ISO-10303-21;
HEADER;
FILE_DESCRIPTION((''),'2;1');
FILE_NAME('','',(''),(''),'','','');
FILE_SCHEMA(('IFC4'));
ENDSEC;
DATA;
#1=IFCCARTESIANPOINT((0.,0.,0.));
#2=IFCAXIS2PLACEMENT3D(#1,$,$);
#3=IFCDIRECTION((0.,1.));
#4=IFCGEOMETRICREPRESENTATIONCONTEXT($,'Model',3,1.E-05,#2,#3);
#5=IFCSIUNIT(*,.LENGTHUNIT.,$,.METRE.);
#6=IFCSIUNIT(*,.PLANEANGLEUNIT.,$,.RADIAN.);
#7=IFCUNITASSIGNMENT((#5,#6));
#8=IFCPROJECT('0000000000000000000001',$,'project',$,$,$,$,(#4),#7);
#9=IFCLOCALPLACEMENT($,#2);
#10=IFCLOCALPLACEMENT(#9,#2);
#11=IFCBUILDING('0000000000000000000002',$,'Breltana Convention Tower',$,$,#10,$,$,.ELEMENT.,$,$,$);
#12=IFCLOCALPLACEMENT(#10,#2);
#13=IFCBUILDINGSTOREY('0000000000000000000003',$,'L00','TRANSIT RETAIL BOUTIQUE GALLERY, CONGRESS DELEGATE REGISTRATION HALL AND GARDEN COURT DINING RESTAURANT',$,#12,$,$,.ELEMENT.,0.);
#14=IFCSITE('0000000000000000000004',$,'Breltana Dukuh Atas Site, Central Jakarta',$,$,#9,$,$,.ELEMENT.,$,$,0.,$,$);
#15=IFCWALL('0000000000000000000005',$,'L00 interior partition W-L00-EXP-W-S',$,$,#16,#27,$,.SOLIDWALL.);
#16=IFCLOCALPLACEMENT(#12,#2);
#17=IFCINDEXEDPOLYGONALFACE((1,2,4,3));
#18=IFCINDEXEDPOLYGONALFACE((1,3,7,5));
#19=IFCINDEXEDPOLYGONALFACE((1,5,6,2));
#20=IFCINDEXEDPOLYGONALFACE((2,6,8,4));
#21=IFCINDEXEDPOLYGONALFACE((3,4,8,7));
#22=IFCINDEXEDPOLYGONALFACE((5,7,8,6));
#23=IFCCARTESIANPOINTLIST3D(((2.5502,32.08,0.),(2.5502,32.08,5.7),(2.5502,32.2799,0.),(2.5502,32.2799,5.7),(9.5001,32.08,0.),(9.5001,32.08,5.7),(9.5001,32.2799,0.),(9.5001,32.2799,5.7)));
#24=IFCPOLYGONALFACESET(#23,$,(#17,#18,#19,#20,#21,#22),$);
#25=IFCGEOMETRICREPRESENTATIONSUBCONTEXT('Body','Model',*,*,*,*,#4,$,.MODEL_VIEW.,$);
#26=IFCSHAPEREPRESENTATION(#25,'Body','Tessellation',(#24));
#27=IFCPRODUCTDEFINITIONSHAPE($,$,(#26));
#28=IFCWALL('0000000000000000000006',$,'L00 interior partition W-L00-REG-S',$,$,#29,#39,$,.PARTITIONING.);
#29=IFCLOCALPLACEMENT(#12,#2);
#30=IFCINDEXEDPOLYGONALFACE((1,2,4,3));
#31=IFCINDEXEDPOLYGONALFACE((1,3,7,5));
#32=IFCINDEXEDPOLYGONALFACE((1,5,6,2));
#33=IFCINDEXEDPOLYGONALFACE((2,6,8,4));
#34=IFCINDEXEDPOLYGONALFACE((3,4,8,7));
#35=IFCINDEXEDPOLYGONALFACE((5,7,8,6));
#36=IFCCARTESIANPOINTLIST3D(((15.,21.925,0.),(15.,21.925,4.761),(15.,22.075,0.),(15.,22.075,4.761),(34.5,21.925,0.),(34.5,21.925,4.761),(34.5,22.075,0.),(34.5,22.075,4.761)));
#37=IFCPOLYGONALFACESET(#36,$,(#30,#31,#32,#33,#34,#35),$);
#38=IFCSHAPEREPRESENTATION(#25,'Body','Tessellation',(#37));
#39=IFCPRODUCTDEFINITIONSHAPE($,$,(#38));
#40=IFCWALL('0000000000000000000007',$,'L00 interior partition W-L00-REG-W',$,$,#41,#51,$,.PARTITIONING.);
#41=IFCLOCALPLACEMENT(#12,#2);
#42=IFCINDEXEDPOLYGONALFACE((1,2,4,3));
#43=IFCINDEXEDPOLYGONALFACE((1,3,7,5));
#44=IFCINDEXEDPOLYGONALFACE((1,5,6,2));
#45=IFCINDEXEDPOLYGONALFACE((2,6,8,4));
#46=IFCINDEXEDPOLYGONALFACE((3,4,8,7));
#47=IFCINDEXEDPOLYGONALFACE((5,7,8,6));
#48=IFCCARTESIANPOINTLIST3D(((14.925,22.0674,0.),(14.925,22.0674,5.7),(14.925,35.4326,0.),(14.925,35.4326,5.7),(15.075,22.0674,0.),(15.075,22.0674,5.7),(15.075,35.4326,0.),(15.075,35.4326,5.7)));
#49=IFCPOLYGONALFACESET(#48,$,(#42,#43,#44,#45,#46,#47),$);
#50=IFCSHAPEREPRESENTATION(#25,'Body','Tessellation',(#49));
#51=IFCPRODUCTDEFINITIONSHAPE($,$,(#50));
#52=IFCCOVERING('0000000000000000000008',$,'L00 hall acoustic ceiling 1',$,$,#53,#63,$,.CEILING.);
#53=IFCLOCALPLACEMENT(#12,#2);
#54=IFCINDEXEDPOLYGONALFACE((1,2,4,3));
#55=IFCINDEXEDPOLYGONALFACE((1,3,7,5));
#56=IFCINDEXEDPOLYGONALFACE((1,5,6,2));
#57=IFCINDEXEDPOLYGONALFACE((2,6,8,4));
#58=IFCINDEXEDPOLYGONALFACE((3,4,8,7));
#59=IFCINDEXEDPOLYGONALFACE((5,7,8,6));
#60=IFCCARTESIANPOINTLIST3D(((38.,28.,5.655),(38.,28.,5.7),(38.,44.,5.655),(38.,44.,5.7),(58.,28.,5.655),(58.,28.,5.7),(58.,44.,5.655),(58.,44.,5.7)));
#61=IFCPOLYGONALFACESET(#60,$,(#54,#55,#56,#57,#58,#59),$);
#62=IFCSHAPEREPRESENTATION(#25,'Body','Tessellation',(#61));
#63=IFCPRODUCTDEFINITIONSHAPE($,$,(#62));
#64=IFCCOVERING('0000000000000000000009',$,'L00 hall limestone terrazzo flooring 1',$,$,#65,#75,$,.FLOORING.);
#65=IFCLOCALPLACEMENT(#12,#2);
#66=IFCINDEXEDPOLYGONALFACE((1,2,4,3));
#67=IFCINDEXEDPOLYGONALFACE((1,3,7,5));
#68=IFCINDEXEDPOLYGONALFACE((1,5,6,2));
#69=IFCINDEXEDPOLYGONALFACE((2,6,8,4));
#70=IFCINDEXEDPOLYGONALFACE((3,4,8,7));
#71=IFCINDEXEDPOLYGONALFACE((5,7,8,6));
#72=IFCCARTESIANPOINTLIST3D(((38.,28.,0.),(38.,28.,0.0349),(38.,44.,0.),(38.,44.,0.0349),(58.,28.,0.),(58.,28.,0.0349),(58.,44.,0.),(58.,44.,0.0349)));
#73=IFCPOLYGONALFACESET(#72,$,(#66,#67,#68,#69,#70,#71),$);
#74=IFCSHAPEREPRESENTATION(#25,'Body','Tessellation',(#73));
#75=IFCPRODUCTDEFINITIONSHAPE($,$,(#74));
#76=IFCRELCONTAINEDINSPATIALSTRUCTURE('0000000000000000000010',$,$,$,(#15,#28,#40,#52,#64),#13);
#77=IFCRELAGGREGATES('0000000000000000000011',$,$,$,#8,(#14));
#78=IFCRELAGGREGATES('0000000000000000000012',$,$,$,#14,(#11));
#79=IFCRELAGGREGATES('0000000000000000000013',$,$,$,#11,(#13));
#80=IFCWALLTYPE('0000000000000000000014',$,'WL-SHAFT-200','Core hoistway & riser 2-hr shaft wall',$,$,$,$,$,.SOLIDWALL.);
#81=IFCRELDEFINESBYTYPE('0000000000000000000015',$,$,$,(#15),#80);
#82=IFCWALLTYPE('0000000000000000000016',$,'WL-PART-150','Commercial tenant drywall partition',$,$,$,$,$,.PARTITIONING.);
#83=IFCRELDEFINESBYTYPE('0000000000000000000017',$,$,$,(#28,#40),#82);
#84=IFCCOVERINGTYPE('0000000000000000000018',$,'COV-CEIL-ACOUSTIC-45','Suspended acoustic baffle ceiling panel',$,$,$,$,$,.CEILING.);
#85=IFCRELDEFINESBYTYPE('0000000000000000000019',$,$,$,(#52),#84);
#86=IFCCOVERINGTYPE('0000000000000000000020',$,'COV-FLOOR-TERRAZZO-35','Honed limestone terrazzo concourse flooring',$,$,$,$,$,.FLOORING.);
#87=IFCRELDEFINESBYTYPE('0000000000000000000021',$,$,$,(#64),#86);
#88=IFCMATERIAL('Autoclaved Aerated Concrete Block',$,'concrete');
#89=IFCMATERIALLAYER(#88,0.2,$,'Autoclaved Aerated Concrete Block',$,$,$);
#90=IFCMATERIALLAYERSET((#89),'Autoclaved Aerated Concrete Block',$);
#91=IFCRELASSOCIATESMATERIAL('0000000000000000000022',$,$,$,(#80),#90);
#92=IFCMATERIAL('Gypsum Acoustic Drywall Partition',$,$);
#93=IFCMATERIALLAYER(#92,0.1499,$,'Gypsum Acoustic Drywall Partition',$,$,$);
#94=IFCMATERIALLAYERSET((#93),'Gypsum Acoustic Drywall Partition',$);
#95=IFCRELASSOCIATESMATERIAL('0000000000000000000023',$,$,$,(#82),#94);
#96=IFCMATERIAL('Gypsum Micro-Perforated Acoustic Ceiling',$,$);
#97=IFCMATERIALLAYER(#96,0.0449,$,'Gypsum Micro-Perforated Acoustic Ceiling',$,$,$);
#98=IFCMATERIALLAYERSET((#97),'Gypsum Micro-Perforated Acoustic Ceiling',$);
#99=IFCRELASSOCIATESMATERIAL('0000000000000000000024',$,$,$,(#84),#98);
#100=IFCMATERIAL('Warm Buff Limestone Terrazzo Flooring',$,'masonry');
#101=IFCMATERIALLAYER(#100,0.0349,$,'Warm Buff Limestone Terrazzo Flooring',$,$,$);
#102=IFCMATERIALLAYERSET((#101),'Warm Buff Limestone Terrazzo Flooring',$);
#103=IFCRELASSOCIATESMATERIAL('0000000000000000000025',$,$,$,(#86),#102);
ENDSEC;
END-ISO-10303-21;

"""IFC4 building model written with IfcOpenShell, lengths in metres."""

from ifc_helpers import new_model, si_unit, direction, frame, frame_2d, origin, place, context, subcontext, project, spatial, polyline, rectangle, outline, extrude, source, transform, mapped, material, layer, layer_set, type_object, type_shapes, element, save


model = new_model("IFC4")

# Units and contexts
model_context = context("Model", 3, precision=1e-05, world=origin(), true_north=direction((0.0, 1.0)))
body_context = subcontext(model_context, "Body", "Model", "MODEL_VIEW")
ifc_project = project(units=[si_unit("LENGTHUNIT", "METRE"), si_unit("PLANEANGLEUNIT", "RADIAN")], contexts=[model_context])

# Site, building, storey
site_placement = place(None, origin())
site = spatial("IfcSite", under=ifc_project, at=site_placement, Name="Breltana Dukuh Atas Site, Central Jakarta", CompositionType="ELEMENT", RefElevation=0.0)
building_placement = place(site_placement, origin())
building = spatial("IfcBuilding", under=site, at=building_placement, Name="Breltana Convention Tower", CompositionType="ELEMENT")
storey_placement = place(building_placement, origin())
storey = spatial("IfcBuildingStorey", under=building, at=storey_placement, Name="L00", Description="TRANSIT RETAIL BOUTIQUE GALLERY, CONGRESS DELEGATE REGISTRATION HALL AND GARDEN COURT DINING RESTAURANT", CompositionType="ELEMENT", Elevation=0.0)

# Walls
ifc_material_1 = material(Name="Autoclaved Aerated Concrete Block", Category="concrete")
ifc_layer_1 = layer(ifc_material_1, 0.2, Name="Autoclaved Aerated Concrete Block")
ifc_layer_set_1 = layer_set([ifc_layer_1], Name="Autoclaved Aerated Concrete Block")
wall_type_1 = type_object("IfcWallType", Name="WL-SHAFT-200", Description="Core hoistway & riser 2-hr shaft wall", PredefinedType="SOLIDWALL", material=ifc_layer_set_1)
shared_shape_1 = source(origin(), body_context, "Body", "SweptSolid", [
    extrude(rectangle(XDim=6.95, YDim=0.2, at=frame_2d((3.4751, 0.0))), origin(), (0.0, 0.0, 1.0), 5.7),
])
wall_1_placement = place(storey_placement, frame((2.55, 32.1799, 0.0), z_axis=(0.0, 0.0, 1.0), x_axis=(1.0, 0.0, 0.0)))
element("IfcWall", 1, at=wall_1_placement, inside=storey, type_object=wall_type_1, Name="L00 interior partition W-L00-EXP-W-S", PredefinedType="SOLIDWALL", context=body_context, shape_type="MappedRepresentation", body=[
    mapped(shared_shape_1, transform((0.0, 0.0, 0.0), scale=1.0)),
])
ifc_material_2 = material(Name="Gypsum Acoustic Drywall Partition")
ifc_layer_2 = layer(ifc_material_2, 0.1499, Name="Gypsum Acoustic Drywall Partition")
ifc_layer_set_2 = layer_set([ifc_layer_2], Name="Gypsum Acoustic Drywall Partition")
wall_type_2 = type_object("IfcWallType", Name="WL-PART-150", Description="Commercial tenant drywall partition", PredefinedType="PARTITIONING", material=ifc_layer_set_2)
shared_shape_2 = source(origin(), body_context, "Body", "SweptSolid", [
    extrude(rectangle(XDim=19.5, YDim=0.1499, at=frame_2d((9.75, 0.0))), origin(), (0.0, 0.0, 1.0), 4.761),
])
type_shapes(wall_type_2, [shared_shape_2])
wall_2_placement = place(storey_placement, frame((15.0, 22.0, 0.0), z_axis=(0.0, 0.0, 1.0), x_axis=(1.0, 0.0, 0.0)))
element("IfcWall", 2, at=wall_2_placement, inside=storey, type_object=wall_type_2, Name="L00 interior partition W-L00-REG-S", PredefinedType="PARTITIONING", context=body_context, shape_type="MappedRepresentation", body=[
    mapped(shared_shape_2, transform((0.0, 0.0, 0.0), scale=1.0)),
])
shared_shape_3 = source(origin(), body_context, "Body", "SweptSolid", [
    extrude(rectangle(XDim=13.3652, YDim=0.1499, at=frame_2d((6.6826, 0.0))), origin(), (0.0, 0.0, 1.0), 5.7),
])
wall_3_placement = place(storey_placement, frame((15.0, 22.0674, 0.0), z_axis=(0.0, 0.0, 1.0), x_axis=(0.0, 1.0, 0.0)))
element("IfcWall", 3, at=wall_3_placement, inside=storey, type_object=wall_type_2, Name="L00 interior partition W-L00-REG-W", PredefinedType="PARTITIONING", context=body_context, shape_type="MappedRepresentation", body=[
    mapped(shared_shape_3, transform((0.0, 0.0, 0.0), scale=1.0)),
])

# Coverings
ifc_material_3 = material(Name="Gypsum Micro-Perforated Acoustic Ceiling")
ifc_layer_3 = layer(ifc_material_3, 0.0449, Name="Gypsum Micro-Perforated Acoustic Ceiling")
ifc_layer_set_3 = layer_set([ifc_layer_3], Name="Gypsum Micro-Perforated Acoustic Ceiling")
covering_type_1 = type_object("IfcCoveringType", Name="COV-CEIL-ACOUSTIC-45", Description="Suspended acoustic baffle ceiling panel", PredefinedType="CEILING", material=ifc_layer_set_3)
covering_1_placement = place(storey_placement, frame((0.0, 0.0, 5.655)))
element("IfcCovering", 4, at=covering_1_placement, inside=storey, type_object=covering_type_1, Name="L00 hall acoustic ceiling 1", PredefinedType="CEILING", context=body_context, shape_type="SweptSolid", body=[
    extrude(outline(polyline([(38.0, 28.0), (58.0, 28.0), (58.0, 44.0), (38.0, 44.0), (38.0, 28.0)])), origin(), (0.0, 0.0, 1.0), 0.0449),
])
ifc_material_4 = material(Name="Warm Buff Limestone Terrazzo Flooring", Category="masonry")
ifc_layer_4 = layer(ifc_material_4, 0.0349, Name="Warm Buff Limestone Terrazzo Flooring")
ifc_layer_set_4 = layer_set([ifc_layer_4], Name="Warm Buff Limestone Terrazzo Flooring")
covering_type_2 = type_object("IfcCoveringType", Name="COV-FLOOR-TERRAZZO-35", Description="Honed limestone terrazzo concourse flooring", PredefinedType="FLOORING", material=ifc_layer_set_4)
covering_2_placement = place(storey_placement, origin())
element("IfcCovering", 5, at=covering_2_placement, inside=storey, type_object=covering_type_2, Name="L00 hall limestone terrazzo flooring 1", PredefinedType="FLOORING", context=body_context, shape_type="SweptSolid", body=[
    extrude(outline(polyline([(38.0, 28.0), (58.0, 28.0), (58.0, 44.0), (38.0, 44.0), (38.0, 28.0)])), origin(), (0.0, 0.0, 1.0), 0.0349),
])

save(model, "model.ifc")
